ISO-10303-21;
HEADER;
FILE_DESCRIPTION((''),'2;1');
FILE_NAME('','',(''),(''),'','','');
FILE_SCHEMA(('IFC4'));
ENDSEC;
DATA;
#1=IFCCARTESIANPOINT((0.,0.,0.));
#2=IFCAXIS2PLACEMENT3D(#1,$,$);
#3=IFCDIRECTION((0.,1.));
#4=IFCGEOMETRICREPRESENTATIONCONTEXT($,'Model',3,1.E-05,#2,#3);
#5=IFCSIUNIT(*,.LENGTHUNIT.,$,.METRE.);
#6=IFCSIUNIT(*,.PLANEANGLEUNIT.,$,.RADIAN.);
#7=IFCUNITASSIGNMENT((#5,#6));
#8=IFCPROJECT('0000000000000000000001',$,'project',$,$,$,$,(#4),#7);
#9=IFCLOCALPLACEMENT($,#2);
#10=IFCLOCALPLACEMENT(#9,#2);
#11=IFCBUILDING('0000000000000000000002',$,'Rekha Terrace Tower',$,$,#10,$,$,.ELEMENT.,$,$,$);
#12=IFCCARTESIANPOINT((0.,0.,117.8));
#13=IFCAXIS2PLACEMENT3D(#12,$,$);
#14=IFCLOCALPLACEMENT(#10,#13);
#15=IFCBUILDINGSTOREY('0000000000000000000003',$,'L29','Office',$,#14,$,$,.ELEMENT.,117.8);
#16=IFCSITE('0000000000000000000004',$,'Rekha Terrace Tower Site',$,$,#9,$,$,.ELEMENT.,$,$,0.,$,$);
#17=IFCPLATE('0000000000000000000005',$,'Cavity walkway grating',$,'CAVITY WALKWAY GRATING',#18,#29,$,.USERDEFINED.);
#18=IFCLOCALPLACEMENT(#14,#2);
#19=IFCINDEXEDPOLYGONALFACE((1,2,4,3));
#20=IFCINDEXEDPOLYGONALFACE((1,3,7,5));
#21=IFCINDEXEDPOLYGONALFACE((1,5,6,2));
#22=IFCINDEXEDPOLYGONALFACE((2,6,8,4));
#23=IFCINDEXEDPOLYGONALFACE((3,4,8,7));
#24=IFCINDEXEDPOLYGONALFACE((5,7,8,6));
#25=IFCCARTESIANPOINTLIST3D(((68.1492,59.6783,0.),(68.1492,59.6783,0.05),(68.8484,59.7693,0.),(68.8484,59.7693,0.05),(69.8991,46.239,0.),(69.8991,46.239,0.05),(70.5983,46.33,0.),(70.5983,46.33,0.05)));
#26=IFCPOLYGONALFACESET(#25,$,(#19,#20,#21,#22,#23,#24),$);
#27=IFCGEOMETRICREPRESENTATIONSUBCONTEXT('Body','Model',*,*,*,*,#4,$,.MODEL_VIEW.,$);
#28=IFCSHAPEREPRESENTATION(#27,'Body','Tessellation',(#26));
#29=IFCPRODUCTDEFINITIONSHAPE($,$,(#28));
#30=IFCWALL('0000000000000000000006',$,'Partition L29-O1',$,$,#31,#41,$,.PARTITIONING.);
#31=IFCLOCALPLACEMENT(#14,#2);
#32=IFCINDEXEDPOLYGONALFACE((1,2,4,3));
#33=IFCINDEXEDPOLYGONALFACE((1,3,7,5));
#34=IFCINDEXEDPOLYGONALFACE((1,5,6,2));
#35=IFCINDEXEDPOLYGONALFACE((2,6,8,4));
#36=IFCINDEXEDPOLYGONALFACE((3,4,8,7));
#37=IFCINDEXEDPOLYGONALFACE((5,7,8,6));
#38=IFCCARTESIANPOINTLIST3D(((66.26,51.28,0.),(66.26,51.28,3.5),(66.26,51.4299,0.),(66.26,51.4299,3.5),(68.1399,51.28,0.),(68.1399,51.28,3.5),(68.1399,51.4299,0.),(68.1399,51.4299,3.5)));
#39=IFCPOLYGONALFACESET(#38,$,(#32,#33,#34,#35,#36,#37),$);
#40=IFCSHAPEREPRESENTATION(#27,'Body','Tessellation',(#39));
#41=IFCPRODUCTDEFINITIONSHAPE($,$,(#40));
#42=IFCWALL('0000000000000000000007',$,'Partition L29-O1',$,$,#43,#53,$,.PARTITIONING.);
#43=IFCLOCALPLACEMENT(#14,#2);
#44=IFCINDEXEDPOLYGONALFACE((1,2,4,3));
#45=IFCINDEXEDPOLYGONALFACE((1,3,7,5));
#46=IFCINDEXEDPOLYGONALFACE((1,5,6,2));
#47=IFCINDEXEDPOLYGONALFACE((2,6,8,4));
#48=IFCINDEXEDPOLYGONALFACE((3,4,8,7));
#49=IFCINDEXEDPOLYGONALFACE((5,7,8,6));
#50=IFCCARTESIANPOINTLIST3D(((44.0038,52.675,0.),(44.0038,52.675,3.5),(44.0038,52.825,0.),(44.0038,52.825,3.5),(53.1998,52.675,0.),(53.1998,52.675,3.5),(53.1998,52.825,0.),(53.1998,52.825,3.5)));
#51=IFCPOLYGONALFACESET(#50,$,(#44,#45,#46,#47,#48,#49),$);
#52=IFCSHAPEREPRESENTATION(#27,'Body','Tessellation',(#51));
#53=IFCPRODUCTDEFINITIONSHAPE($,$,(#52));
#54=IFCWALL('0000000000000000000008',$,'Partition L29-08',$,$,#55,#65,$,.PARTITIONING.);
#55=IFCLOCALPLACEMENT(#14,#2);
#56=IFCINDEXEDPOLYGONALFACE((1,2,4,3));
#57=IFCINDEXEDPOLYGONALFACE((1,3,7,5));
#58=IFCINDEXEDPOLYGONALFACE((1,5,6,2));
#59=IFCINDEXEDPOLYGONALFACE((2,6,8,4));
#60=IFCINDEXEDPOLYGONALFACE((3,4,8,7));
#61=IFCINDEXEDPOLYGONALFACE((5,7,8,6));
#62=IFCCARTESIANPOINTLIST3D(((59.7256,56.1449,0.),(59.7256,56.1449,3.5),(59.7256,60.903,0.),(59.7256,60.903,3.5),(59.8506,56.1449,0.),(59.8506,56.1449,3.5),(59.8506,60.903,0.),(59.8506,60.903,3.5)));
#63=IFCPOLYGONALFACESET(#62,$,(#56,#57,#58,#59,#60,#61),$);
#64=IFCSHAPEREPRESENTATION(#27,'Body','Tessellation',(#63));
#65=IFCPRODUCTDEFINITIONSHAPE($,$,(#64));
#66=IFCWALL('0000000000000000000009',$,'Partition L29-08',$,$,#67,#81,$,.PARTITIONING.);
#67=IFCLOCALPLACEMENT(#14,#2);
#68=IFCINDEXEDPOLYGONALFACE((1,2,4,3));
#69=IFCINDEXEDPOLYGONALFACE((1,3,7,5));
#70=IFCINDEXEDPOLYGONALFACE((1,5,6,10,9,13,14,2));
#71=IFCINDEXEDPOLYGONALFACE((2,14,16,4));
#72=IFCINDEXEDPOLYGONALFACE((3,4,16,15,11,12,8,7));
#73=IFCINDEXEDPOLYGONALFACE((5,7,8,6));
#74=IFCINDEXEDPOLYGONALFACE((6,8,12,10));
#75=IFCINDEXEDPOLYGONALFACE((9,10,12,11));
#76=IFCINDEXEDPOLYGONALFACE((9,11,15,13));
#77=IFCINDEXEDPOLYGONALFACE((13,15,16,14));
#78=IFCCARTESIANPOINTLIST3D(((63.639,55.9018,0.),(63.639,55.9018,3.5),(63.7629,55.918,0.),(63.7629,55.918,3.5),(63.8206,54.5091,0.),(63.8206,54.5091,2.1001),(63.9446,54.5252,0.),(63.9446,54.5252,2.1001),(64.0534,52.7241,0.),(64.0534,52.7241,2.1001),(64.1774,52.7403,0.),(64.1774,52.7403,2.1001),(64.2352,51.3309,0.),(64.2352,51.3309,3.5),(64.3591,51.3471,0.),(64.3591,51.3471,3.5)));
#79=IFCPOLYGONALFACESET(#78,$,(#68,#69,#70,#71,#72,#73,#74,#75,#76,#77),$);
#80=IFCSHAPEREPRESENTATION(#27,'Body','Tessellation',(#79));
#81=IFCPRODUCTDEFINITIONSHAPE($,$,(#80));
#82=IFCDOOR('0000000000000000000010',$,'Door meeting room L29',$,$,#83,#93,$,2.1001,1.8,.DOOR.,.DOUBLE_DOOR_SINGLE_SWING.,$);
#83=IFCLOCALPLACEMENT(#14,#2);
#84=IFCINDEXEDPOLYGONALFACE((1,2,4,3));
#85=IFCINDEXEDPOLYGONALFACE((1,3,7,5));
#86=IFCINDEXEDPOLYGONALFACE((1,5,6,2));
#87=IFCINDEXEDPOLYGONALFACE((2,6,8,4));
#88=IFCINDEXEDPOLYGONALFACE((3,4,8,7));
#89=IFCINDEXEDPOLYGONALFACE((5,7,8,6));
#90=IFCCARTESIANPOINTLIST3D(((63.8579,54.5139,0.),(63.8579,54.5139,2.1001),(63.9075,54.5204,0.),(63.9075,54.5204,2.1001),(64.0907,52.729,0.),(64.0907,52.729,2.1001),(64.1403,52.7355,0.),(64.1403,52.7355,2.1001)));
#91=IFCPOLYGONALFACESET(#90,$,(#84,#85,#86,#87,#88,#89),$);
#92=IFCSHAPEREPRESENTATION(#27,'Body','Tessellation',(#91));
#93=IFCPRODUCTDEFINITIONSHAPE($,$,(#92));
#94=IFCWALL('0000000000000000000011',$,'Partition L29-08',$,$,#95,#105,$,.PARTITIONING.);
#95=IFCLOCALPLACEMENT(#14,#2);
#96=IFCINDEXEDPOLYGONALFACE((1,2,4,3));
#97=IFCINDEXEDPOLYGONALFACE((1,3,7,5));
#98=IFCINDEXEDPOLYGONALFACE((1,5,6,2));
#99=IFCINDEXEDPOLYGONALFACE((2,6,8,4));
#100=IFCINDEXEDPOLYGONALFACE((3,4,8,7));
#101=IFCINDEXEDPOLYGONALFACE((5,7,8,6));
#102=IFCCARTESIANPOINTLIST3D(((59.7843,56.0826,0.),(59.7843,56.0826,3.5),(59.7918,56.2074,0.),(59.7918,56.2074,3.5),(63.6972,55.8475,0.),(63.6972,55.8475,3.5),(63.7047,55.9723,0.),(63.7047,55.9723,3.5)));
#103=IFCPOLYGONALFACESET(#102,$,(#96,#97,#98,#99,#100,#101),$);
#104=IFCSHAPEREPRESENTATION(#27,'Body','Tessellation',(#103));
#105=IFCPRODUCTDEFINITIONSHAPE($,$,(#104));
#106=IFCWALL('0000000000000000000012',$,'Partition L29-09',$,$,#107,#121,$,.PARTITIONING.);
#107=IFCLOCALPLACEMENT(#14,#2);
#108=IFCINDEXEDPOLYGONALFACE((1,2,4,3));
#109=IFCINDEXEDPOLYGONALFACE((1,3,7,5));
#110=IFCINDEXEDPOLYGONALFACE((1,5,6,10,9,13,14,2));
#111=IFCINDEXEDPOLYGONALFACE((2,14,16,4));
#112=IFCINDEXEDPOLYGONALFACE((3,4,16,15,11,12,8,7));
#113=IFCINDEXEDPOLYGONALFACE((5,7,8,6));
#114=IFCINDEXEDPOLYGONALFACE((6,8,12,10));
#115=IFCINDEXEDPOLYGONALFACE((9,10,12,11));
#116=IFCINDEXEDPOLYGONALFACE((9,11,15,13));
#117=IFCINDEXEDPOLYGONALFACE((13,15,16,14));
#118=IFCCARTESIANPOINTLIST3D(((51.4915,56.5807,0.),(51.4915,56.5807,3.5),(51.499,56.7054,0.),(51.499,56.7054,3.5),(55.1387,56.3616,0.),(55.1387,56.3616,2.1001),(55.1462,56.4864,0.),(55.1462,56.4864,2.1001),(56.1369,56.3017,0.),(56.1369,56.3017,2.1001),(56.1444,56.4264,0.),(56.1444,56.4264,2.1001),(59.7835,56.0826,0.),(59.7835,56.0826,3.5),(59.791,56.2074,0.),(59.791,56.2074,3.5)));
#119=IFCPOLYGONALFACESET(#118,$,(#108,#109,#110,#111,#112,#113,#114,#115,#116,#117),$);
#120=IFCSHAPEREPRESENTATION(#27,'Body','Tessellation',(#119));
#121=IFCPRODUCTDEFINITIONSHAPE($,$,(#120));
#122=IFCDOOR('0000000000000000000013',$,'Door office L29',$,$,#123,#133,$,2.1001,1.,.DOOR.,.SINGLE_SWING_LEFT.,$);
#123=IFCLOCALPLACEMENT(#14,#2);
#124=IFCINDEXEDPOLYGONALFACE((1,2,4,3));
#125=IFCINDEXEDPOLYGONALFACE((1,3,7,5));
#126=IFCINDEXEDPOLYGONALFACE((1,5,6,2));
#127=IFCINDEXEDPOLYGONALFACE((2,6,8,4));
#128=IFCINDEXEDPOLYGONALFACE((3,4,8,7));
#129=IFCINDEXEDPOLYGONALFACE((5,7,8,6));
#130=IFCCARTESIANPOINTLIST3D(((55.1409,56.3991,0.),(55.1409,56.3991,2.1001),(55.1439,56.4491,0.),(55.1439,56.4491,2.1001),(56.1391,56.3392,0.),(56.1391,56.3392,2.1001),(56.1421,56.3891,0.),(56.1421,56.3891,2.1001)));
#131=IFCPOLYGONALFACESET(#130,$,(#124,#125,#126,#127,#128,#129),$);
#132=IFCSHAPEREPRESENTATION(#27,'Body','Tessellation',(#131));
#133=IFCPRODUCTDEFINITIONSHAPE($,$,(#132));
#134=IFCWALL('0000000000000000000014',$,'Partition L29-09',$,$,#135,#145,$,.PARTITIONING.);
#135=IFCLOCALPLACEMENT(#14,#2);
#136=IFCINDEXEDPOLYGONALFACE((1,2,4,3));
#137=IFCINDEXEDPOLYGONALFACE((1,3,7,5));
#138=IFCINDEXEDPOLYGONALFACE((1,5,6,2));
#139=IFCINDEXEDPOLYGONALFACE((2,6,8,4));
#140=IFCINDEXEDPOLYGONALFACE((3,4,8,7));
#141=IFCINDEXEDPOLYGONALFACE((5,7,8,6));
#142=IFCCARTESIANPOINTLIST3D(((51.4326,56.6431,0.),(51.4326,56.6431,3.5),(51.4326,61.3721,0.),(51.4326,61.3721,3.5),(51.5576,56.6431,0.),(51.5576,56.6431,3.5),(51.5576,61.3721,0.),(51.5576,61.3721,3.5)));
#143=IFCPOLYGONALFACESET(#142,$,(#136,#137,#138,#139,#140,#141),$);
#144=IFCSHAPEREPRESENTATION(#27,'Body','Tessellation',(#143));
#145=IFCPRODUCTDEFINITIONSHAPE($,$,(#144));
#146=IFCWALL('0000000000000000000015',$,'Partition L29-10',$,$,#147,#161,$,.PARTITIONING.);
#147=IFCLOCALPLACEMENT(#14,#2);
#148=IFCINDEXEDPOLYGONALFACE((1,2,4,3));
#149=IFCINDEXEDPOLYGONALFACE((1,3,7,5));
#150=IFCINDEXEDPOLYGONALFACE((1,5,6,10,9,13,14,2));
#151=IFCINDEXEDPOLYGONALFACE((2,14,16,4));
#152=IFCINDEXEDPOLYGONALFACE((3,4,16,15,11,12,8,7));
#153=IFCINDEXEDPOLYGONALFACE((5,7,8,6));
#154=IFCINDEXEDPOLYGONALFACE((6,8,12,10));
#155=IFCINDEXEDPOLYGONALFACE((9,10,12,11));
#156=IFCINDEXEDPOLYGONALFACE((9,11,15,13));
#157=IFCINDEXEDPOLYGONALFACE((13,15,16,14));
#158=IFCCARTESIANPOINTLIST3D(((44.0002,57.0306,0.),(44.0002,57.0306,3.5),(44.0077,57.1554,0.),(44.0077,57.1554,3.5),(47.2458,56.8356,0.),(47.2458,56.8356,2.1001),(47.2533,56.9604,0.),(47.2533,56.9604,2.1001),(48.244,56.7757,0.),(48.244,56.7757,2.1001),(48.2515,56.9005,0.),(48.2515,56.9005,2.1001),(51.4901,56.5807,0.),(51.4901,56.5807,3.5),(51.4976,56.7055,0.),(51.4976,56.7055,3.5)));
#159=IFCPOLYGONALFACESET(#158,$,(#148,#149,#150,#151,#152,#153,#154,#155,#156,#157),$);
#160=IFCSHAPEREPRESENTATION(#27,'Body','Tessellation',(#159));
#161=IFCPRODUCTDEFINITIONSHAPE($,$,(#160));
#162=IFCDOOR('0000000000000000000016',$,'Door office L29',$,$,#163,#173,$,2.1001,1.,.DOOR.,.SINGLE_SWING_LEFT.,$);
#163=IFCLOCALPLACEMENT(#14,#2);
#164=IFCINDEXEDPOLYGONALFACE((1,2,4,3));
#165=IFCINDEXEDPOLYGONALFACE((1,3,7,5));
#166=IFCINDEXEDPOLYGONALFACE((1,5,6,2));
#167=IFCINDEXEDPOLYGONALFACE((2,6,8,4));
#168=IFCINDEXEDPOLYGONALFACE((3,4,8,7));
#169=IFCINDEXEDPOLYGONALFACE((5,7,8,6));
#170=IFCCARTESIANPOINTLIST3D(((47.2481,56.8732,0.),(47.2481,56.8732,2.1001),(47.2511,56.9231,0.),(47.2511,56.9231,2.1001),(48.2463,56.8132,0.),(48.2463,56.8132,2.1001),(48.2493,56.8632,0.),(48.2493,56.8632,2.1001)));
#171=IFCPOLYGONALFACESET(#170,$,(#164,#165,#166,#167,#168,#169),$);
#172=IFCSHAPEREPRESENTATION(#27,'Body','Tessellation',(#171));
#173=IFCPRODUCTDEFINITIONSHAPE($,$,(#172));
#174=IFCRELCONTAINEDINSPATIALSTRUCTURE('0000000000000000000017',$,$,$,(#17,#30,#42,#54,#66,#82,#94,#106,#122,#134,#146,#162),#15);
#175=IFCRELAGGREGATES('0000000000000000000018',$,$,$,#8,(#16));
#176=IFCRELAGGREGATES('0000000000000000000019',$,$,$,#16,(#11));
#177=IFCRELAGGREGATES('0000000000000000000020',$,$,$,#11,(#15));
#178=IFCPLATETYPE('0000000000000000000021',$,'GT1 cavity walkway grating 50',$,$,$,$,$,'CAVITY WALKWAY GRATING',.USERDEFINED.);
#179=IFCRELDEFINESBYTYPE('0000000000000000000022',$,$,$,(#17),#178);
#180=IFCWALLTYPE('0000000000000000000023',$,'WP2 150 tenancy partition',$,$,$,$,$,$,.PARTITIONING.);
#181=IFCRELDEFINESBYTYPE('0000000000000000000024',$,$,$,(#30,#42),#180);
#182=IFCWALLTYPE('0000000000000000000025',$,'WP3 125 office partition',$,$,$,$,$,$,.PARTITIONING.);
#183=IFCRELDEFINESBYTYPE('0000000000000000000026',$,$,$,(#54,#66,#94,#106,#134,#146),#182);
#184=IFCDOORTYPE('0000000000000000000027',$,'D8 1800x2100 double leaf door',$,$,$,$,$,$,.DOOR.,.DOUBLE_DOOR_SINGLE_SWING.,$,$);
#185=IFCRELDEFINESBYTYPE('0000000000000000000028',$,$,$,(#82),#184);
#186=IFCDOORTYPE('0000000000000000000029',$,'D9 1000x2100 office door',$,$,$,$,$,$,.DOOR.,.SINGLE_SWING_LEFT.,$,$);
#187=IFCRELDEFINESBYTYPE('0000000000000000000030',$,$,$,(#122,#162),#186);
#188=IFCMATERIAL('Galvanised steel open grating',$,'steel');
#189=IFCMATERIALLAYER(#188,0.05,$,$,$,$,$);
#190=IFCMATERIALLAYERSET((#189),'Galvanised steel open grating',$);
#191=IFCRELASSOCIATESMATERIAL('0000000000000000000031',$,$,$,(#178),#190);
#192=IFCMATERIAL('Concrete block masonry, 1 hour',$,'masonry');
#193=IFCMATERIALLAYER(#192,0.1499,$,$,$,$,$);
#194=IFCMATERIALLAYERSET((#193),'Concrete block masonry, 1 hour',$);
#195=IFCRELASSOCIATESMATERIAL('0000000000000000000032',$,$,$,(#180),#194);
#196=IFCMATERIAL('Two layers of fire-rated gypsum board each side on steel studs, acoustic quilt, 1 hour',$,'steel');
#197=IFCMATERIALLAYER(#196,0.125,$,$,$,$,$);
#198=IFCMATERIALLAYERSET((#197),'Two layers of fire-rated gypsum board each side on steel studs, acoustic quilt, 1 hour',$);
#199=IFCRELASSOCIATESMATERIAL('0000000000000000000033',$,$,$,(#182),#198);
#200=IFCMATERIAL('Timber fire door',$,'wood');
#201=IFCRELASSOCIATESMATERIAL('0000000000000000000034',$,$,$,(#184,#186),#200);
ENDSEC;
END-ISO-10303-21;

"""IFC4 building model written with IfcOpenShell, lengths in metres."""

from ifc_helpers import new_model, si_unit, direction, frame, frame_2d, origin, origin_2d, place, context, subcontext, project, spatial, rectangle, extrude, material, layer, layer_set, type_object, element, fill, save


model = new_model("IFC4")

# Units and contexts
model_context = context("Model", 3, precision=1e-05, world=origin(), true_north=direction((0.0, 1.0)))
body_context = subcontext(model_context, "Body", "Model", "MODEL_VIEW")
ifc_project = project(units=[si_unit("LENGTHUNIT", "METRE"), si_unit("PLANEANGLEUNIT", "RADIAN")], contexts=[model_context])

# Site, building, storey
site_placement = place(None, origin())
site = spatial("IfcSite", under=ifc_project, at=site_placement, Name="Rekha Terrace Tower Site", CompositionType="ELEMENT", RefElevation=0.0)
building_placement = place(site_placement, origin())
building = spatial("IfcBuilding", under=site, at=building_placement, Name="Rekha Terrace Tower", CompositionType="ELEMENT")
storey_placement = place(building_placement, frame((0.0, 0.0, 117.8)))
storey = spatial("IfcBuildingStorey", under=building, at=storey_placement, Name="L29", Description="Office", CompositionType="ELEMENT", Elevation=117.8)

# Plate
ifc_material_1 = material(Name="Galvanised steel open grating", Category="steel")
ifc_layer_1 = layer(ifc_material_1, 0.05)
ifc_layer_set_1 = layer_set([ifc_layer_1], Name="Galvanised steel open grating")
plate_type_1 = type_object("IfcPlateType", Name="GT1 cavity walkway grating 50", ElementType="CAVITY WALKWAY GRATING", PredefinedType="USERDEFINED", material=ifc_layer_set_1)
plate_1_placement = place(storey_placement, frame((69.3738, 53.0042, 0.0), z_axis=(0.0, 0.0, 1.0), x_axis=(-0.129118, 0.991629, 0.0)))
element("IfcPlate", 1, at=plate_1_placement, inside=storey, type_object=plate_type_1, Name="Cavity walkway grating", ObjectType="CAVITY WALKWAY GRATING", PredefinedType="USERDEFINED", context=body_context, shape_type="SweptSolid", body=[
    extrude(rectangle(XDim=13.5527, YDim=0.7051, at=origin_2d()), origin(), (0.0, 0.0, 1.0), 0.05),
])

# Walls
ifc_material_2 = material(Name="Concrete block masonry, 1 hour", Category="masonry")
ifc_layer_2 = layer(ifc_material_2, 0.1499)
ifc_layer_set_2 = layer_set([ifc_layer_2], Name="Concrete block masonry, 1 hour")
wall_type_1 = type_object("IfcWallType", Name="WP2 150 tenancy partition", PredefinedType="PARTITIONING", material=ifc_layer_set_2)
wall_1_placement = place(storey_placement, frame((68.1399, 51.355, 0.0), z_axis=(0.0, 0.0, 1.0), x_axis=(-1.0, 0.0, 0.0)))
element("IfcWall", 2, at=wall_1_placement, inside=storey, type_object=wall_type_1, Name="Partition L29-O1", PredefinedType="PARTITIONING", context=body_context, shape_type="SweptSolid", body=[
    extrude(rectangle(XDim=1.8799, YDim=0.1499, at=frame_2d((0.9399, 0.0))), origin(), (0.0, 0.0, 1.0), 3.5),
])
wall_2_placement = place(storey_placement, frame((53.2, 52.75, 0.0), z_axis=(0.0, 0.0, 1.0), x_axis=(-1.0, 0.0, 0.0)))
element("IfcWall", 3, at=wall_2_placement, inside=storey, type_object=wall_type_1, Name="Partition L29-O1", PredefinedType="PARTITIONING", context=body_context, shape_type="SweptSolid", body=[
    extrude(rectangle(XDim=9.196, YDim=0.1499, at=frame_2d((4.5981, 0.0))), origin(), (0.0, 0.0, 1.0), 3.5),
])
ifc_material_3 = material(Name="Two layers of fire-rated gypsum board each side on steel studs, acoustic quilt, 1 hour", Category="steel")
ifc_layer_3 = layer(ifc_material_3, 0.125)
ifc_layer_set_3 = layer_set([ifc_layer_3], Name="Two layers of fire-rated gypsum board each side on steel studs, acoustic quilt, 1 hour")
wall_type_2 = type_object("IfcWallType", Name="WP3 125 office partition", PredefinedType="PARTITIONING", material=ifc_layer_set_3)
wall_3_placement = place(storey_placement, frame((59.7881, 56.145, 0.0), z_axis=(0.0, 0.0, 1.0), x_axis=(0.0, 1.0, 0.0)))
element("IfcWall", 4, at=wall_3_placement, inside=storey, type_object=wall_type_2, Name="Partition L29-08", PredefinedType="PARTITIONING", context=body_context, shape_type="SweptSolid", body=[
    extrude(rectangle(XDim=4.7581, YDim=0.125, at=frame_2d((2.3789, 0.0))), origin(), (0.0, 0.0, 1.0), 3.5),
])

# Wall, opening, door
wall_4_placement = place(storey_placement, frame((64.2971, 51.3391, 0.0), z_axis=(0.0, 0.0, 1.0), x_axis=(-0.129339, 0.9916, 0.0)))
wall_4 = element("IfcWall", 5, at=wall_4_placement, inside=storey, type_object=wall_type_2, Name="Partition L29-08", PredefinedType="PARTITIONING", context=body_context, shape_type="SweptSolid", body=[
    extrude(rectangle(XDim=4.6096, YDim=0.125, at=frame_2d((2.3047, 0.0))), origin(), (0.0, 0.0, 1.0), 3.5),
])
opening_1_placement = place(wall_4_placement, frame((1.405, 0.0, 0.0)))
opening_1 = element("IfcOpeningElement", 6, at=opening_1_placement, cuts=wall_4, PredefinedType="OPENING", context=body_context, shape_type="SweptSolid", body=[
    extrude(rectangle(XDim=1.8, YDim=2.1001, at=frame_2d((0.8999, 1.05))), frame((0.0, 0.0725, 0.0), z_axis=(0.0, -1.0, 0.0), x_axis=(1.0, 0.0, 0.0)), (0.0, 0.0, 1.0), 0.145),
])
ifc_material_4 = material(Name="Timber fire door", Category="wood")
door_type_1 = type_object("IfcDoorType", Name="D8 1800x2100 double leaf door", OperationType="DOUBLE_DOOR_SINGLE_SWING", PredefinedType="DOOR", material=ifc_material_4)
door_1_placement = place(opening_1_placement, origin())
door_1 = element("IfcDoor", 7, at=door_1_placement, inside=storey, type_object=door_type_1, Name="Door meeting room L29", OperationType="DOUBLE_DOOR_SINGLE_SWING", OverallHeight=2.1001, OverallWidth=1.8, PredefinedType="DOOR", context=body_context, shape_type="SweptSolid", body=[
    extrude(rectangle(XDim=1.8, YDim=2.1001, at=frame_2d((0.8999, 1.05))), frame((0.0, 0.0249, 0.0), z_axis=(0.0, -1.0, 0.0), x_axis=(1.0, 0.0, 0.0)), (0.0, 0.0, 1.0), 0.05),
])
fill(opening_1, door_1)

# Wall
wall_5_placement = place(storey_placement, frame((63.7009, 55.9099, 0.0), z_axis=(0.0, 0.0, 1.0), x_axis=(-0.9982, 0.059978, 0.0)))
element("IfcWall", 8, at=wall_5_placement, inside=storey, type_object=wall_type_2, Name="Partition L29-08", PredefinedType="PARTITIONING", context=body_context, shape_type="SweptSolid", body=[
    extrude(rectangle(XDim=3.9199, YDim=0.125, at=frame_2d((1.96, 0.0))), origin(), (0.0, 0.0, 1.0), 3.5),
])

# Wall, opening, door
wall_6_placement = place(storey_placement, frame((59.7871, 56.145, 0.0), z_axis=(0.0, 0.0, 1.0), x_axis=(-0.998201, 0.059956, 0.0)))
wall_6 = element("IfcWall", 9, at=wall_6_placement, inside=storey, type_object=wall_type_2, Name="Partition L29-09", PredefinedType="PARTITIONING", context=body_context, shape_type="SweptSolid", body=[
    extrude(rectangle(XDim=8.3069, YDim=0.125, at=frame_2d((4.1533, 0.0))), origin(), (0.0, 0.0, 1.0), 3.5),
])
opening_2_placement = place(wall_6_placement, frame((3.6531, 0.0, 0.0)))
opening_2 = element("IfcOpeningElement", 10, at=opening_2_placement, cuts=wall_6, PredefinedType="OPENING", context=body_context, shape_type="SweptSolid", body=[
    extrude(rectangle(XDim=1.0, YDim=2.1001, at=frame_2d((0.5, 1.05))), frame((0.0, 0.0725, 0.0), z_axis=(0.0, -1.0, 0.0), x_axis=(1.0, 0.0, 0.0)), (0.0, 0.0, 1.0), 0.145),
])
door_type_2 = type_object("IfcDoorType", Name="D9 1000x2100 office door", OperationType="SINGLE_SWING_LEFT", PredefinedType="DOOR", material=ifc_material_4)
door_2_placement = place(opening_2_placement, origin())
door_2 = element("IfcDoor", 11, at=door_2_placement, inside=storey, type_object=door_type_2, Name="Door office L29", OperationType="SINGLE_SWING_LEFT", OverallHeight=2.1001, OverallWidth=1.0, PredefinedType="DOOR", context=body_context, shape_type="SweptSolid", body=[
    extrude(rectangle(XDim=1.0, YDim=2.1001, at=frame_2d((0.5, 1.05))), frame((0.0, 0.0249, 0.0), z_axis=(0.0, -1.0, 0.0), x_axis=(1.0, 0.0, 0.0)), (0.0, 0.0, 1.0), 0.05),
])
fill(opening_2, door_2)

# Wall
wall_7_placement = place(storey_placement, frame((51.4951, 56.6431, 0.0), z_axis=(0.0, 0.0, 1.0), x_axis=(0.0, 1.0, 0.0)))
element("IfcWall", 12, at=wall_7_placement, inside=storey, type_object=wall_type_2, Name="Partition L29-09", PredefinedType="PARTITIONING", context=body_context, shape_type="SweptSolid", body=[
    extrude(rectangle(XDim=4.729, YDim=0.125, at=frame_2d((2.3645, 0.0))), origin(), (0.0, 0.0, 1.0), 3.5),
])

# Wall, opening, door
wall_8_placement = place(storey_placement, frame((51.4939, 56.6431, 0.0), z_axis=(0.0, 0.0, 1.0), x_axis=(-0.9982, 0.059966, 0.0)))
wall_8 = element("IfcWall", 13, at=wall_8_placement, inside=storey, type_object=wall_type_2, Name="Partition L29-10", PredefinedType="PARTITIONING", context=body_context, shape_type="SweptSolid", body=[
    extrude(rectangle(XDim=7.5034, YDim=0.125, at=frame_2d((3.7517, 0.0))), origin(), (0.0, 0.0, 1.0), 3.5),
])
opening_3_placement = place(wall_8_placement, frame((3.252, 0.0, 0.0)))
opening_3 = element("IfcOpeningElement", 14, at=opening_3_placement, cuts=wall_8, PredefinedType="OPENING", context=body_context, shape_type="SweptSolid", body=[
    extrude(rectangle(XDim=1.0, YDim=2.1001, at=frame_2d((0.5, 1.05))), frame((0.0, 0.0725, 0.0), z_axis=(0.0, -1.0, 0.0), x_axis=(1.0, 0.0, 0.0)), (0.0, 0.0, 1.0), 0.145),
])
door_3_placement = place(opening_3_placement, origin())
door_3 = element("IfcDoor", 15, at=door_3_placement, inside=storey, type_object=door_type_2, Name="Door office L29", OperationType="SINGLE_SWING_LEFT", OverallHeight=2.1001, OverallWidth=1.0, PredefinedType="DOOR", context=body_context, shape_type="SweptSolid", body=[
    extrude(rectangle(XDim=1.0, YDim=2.1001, at=frame_2d((0.5, 1.05))), frame((0.0, 0.0249, 0.0), z_axis=(0.0, -1.0, 0.0), x_axis=(1.0, 0.0, 0.0)), (0.0, 0.0, 1.0), 0.05),
])
fill(opening_3, door_3)

save(model, "model.ifc")
